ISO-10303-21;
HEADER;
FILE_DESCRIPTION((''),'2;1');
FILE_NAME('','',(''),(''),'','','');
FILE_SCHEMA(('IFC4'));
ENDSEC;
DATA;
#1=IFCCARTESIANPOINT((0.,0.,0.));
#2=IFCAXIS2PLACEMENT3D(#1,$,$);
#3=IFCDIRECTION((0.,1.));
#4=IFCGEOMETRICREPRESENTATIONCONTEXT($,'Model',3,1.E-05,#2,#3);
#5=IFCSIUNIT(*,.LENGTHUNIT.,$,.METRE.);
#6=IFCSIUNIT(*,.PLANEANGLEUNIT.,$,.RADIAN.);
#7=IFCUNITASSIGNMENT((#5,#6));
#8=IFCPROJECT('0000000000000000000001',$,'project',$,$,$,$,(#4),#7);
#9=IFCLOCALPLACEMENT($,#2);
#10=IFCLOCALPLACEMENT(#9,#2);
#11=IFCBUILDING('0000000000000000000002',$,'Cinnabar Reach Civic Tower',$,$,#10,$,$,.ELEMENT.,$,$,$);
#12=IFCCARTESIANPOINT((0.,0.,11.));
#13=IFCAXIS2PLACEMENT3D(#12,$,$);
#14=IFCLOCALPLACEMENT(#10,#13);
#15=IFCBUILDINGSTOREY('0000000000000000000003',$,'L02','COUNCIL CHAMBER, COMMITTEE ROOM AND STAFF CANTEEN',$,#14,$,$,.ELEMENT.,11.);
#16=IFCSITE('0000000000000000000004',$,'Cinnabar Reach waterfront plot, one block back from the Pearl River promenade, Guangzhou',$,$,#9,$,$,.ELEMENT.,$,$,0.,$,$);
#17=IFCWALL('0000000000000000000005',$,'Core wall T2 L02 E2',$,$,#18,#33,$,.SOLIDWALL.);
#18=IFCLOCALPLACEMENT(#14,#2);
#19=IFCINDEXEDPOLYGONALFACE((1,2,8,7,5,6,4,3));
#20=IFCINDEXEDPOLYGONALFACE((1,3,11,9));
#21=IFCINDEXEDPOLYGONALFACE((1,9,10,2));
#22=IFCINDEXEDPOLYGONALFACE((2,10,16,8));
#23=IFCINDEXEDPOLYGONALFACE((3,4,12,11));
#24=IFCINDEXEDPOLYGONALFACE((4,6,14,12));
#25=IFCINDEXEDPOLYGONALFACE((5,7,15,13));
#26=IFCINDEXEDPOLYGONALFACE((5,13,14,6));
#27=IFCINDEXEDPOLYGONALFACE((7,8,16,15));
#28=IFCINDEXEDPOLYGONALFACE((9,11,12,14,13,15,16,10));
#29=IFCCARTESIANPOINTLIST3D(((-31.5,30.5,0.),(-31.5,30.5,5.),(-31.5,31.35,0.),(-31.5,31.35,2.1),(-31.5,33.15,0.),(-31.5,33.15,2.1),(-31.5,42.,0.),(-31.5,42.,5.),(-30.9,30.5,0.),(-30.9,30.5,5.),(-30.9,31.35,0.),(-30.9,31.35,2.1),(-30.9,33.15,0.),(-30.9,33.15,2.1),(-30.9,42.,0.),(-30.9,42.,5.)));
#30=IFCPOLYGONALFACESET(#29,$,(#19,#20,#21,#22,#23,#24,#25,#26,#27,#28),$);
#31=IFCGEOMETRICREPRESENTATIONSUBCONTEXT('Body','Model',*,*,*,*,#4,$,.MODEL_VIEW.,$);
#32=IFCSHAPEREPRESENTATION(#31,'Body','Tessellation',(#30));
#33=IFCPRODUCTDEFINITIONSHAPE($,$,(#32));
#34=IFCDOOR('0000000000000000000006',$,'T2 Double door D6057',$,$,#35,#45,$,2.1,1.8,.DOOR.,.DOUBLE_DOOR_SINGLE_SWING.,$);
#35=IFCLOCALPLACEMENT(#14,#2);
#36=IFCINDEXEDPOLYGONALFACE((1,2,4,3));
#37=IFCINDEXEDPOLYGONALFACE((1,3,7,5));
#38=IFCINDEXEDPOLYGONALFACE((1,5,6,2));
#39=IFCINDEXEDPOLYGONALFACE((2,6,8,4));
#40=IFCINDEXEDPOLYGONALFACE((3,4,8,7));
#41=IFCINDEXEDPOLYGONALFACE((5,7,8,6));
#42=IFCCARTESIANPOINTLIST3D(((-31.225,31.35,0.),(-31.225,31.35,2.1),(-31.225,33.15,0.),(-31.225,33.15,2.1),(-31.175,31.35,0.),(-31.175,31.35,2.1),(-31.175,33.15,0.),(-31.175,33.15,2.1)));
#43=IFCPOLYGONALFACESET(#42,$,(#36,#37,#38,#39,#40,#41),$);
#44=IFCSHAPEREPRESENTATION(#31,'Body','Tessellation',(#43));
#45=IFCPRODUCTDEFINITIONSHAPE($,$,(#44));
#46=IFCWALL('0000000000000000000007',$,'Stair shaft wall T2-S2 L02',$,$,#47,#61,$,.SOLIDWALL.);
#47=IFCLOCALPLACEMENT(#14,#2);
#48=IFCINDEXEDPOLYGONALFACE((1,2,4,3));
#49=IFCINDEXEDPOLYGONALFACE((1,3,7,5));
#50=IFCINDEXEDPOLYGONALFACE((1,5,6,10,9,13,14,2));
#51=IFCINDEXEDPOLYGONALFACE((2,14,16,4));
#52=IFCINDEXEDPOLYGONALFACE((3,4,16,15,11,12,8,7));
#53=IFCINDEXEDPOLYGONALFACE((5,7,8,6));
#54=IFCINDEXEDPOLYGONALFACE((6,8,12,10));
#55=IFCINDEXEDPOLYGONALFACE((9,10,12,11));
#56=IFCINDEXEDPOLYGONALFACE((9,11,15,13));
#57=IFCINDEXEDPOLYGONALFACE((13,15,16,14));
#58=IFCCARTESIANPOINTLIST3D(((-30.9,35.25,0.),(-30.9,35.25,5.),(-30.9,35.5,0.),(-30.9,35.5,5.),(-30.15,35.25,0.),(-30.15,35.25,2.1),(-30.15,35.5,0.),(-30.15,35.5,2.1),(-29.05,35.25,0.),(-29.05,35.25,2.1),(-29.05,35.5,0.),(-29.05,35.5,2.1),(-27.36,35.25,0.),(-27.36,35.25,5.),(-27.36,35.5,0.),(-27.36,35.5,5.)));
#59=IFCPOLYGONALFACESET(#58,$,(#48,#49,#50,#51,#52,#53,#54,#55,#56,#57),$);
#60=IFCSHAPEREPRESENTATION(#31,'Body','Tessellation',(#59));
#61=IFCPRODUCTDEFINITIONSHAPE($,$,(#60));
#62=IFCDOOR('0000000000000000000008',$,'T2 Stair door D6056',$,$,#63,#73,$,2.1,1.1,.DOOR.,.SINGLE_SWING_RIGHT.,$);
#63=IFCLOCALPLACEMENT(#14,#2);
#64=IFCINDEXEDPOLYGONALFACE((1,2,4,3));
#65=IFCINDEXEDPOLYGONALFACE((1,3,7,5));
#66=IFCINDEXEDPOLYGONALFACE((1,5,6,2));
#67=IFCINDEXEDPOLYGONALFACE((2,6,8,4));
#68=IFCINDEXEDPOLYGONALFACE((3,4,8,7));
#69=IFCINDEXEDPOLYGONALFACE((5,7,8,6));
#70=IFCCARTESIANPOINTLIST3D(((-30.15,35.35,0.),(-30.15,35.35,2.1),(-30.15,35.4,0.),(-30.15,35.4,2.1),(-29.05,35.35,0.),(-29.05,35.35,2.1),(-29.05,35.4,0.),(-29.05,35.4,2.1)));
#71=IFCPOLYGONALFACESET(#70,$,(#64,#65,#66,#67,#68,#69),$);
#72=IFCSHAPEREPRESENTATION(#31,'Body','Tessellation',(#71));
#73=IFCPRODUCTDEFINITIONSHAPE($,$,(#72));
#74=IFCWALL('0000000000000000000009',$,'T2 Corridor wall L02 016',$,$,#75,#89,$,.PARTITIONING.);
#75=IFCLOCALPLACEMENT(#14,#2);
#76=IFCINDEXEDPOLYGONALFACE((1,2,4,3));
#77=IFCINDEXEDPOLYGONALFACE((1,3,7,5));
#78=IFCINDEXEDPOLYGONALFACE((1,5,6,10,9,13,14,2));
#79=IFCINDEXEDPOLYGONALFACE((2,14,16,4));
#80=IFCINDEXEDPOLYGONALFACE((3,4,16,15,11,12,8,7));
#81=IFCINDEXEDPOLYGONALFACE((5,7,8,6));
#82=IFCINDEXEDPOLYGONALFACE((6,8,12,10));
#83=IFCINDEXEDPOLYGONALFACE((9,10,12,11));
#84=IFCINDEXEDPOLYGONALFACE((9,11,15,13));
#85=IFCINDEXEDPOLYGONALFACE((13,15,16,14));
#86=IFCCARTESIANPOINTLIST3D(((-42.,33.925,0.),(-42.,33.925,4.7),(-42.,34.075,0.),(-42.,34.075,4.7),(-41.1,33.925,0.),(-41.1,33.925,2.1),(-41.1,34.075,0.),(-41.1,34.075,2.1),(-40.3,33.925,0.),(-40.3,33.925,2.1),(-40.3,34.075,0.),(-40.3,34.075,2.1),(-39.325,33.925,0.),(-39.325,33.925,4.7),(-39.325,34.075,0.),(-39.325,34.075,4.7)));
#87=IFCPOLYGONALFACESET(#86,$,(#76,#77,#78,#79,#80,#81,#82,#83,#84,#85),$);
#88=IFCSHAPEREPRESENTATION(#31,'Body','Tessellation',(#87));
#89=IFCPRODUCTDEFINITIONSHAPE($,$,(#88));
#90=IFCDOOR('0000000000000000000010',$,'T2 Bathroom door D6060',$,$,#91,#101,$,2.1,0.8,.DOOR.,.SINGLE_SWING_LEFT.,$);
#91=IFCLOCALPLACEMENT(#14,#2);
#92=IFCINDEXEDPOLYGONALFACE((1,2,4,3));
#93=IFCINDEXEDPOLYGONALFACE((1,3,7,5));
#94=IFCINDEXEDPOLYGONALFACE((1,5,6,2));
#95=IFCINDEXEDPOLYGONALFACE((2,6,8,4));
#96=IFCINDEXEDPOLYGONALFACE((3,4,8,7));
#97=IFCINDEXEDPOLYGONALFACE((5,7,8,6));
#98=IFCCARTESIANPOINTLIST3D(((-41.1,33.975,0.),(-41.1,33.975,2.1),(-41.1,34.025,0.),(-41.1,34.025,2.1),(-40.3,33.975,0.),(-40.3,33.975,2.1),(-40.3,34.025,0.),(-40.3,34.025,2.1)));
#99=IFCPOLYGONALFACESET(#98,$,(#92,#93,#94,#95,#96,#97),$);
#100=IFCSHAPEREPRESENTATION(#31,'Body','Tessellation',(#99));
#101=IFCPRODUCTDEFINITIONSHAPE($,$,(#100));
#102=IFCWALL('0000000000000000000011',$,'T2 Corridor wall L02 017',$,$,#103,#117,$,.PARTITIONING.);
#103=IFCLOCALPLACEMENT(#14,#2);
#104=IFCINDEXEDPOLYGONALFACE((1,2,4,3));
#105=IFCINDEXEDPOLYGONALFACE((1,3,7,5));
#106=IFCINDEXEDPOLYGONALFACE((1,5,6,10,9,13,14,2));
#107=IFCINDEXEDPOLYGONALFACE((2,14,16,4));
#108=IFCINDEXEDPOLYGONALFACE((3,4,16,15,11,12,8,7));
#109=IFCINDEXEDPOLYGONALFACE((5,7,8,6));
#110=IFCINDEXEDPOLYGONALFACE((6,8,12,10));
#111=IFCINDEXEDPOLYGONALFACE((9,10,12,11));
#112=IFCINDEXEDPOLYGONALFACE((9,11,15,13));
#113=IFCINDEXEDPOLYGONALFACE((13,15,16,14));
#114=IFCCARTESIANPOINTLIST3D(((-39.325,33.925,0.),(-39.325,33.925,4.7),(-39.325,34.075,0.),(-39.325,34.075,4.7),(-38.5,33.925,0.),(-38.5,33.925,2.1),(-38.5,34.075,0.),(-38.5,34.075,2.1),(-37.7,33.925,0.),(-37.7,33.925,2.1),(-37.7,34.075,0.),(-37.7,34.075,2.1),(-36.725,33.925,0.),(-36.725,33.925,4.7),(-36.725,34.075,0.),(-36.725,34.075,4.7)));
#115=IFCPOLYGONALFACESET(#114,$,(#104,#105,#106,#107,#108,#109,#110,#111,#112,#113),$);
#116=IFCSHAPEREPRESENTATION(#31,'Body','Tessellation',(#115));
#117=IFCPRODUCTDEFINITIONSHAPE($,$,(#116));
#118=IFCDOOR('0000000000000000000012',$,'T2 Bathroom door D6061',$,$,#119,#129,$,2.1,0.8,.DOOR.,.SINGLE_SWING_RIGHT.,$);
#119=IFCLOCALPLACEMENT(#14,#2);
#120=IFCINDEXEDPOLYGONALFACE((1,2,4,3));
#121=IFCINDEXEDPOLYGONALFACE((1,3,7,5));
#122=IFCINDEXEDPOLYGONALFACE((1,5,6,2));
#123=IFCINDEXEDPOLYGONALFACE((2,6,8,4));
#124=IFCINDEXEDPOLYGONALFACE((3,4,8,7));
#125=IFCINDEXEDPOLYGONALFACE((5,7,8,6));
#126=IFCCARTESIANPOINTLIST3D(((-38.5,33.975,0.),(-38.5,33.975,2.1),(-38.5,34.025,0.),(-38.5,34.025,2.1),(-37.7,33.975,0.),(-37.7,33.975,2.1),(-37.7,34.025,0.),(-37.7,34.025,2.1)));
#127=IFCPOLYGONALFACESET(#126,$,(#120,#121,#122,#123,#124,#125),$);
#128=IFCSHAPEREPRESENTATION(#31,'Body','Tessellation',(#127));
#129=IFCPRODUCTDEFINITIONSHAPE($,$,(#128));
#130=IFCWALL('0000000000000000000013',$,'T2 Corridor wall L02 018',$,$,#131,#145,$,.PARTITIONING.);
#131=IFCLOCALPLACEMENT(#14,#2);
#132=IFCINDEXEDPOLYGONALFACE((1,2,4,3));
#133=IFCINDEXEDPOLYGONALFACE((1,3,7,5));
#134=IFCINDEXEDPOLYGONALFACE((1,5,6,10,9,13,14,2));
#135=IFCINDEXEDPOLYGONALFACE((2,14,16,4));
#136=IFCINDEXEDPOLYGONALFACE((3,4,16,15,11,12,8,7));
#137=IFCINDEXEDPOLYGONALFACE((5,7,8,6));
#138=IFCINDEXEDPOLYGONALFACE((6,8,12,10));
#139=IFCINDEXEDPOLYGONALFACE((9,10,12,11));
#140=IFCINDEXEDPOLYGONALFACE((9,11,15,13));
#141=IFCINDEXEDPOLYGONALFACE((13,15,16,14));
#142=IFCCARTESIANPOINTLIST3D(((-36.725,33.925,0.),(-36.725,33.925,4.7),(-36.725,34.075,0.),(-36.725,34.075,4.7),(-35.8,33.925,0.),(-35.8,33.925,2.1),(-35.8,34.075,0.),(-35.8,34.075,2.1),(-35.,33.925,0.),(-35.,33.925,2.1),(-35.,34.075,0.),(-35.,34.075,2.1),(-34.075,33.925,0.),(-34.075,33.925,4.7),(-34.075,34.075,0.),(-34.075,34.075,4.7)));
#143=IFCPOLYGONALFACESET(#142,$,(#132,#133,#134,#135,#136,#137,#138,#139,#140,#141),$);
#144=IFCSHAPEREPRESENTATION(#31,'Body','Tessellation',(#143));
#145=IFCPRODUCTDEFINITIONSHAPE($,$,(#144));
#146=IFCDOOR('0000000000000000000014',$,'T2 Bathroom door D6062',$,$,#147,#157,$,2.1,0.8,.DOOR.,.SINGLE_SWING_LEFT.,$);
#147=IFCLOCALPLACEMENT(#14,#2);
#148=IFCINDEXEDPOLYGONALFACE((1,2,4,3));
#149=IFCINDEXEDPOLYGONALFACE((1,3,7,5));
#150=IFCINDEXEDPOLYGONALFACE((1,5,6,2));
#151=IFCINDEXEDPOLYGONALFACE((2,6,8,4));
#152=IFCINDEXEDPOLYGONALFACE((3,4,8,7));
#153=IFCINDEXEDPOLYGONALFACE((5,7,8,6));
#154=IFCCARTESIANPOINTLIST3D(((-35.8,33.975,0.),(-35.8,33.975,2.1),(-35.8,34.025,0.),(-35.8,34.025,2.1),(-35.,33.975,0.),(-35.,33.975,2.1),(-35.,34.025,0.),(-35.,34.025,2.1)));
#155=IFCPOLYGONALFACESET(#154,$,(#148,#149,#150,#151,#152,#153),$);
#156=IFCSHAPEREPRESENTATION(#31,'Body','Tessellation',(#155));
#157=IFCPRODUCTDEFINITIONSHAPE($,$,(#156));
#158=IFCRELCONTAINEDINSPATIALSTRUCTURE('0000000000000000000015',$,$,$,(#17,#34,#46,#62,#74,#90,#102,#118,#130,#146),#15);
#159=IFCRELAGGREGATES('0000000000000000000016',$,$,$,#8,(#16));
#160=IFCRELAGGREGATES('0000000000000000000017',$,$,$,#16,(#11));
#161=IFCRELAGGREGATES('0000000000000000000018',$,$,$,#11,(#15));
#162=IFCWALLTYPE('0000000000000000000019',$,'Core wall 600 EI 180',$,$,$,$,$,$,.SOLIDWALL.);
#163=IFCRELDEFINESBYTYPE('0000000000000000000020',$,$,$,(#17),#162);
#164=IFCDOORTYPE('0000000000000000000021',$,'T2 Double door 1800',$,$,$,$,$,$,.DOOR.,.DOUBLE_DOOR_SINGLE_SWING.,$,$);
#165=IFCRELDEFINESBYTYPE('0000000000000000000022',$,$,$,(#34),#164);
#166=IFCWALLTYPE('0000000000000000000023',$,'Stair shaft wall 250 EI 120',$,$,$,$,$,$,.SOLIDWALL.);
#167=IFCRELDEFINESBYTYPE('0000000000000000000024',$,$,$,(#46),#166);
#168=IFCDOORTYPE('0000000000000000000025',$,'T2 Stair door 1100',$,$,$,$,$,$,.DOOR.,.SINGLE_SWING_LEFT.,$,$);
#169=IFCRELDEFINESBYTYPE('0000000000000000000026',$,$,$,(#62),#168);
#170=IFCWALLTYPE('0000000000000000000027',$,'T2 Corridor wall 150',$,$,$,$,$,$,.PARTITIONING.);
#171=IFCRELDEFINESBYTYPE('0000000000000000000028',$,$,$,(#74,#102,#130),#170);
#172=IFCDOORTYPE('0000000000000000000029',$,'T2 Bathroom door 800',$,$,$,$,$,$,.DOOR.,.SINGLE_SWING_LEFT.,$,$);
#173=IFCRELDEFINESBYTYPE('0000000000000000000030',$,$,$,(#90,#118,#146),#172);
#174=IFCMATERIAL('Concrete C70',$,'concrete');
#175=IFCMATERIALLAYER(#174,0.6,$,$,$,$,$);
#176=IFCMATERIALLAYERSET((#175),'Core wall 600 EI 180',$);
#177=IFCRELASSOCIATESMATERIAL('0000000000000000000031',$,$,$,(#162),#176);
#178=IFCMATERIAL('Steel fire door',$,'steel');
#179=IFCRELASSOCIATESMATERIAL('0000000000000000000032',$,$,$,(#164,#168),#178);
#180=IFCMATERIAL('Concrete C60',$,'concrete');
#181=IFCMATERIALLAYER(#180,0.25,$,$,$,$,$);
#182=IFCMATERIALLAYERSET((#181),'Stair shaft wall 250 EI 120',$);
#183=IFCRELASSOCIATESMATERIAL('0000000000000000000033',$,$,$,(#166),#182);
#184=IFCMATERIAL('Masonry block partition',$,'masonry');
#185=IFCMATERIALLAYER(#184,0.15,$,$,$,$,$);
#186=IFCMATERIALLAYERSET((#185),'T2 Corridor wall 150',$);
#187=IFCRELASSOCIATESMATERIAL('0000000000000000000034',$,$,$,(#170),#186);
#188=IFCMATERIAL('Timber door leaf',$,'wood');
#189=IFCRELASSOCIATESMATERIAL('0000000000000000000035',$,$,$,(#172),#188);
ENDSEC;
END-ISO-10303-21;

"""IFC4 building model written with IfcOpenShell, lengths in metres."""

from ifc_helpers import new_model, si_unit, direction, frame, frame_2d, origin, place, context, subcontext, project, spatial, rectangle, extrude, material, layer, layer_set, type_object, element, fill, save


model = new_model("IFC4")

# Units and contexts
model_context = context("Model", 3, precision=1e-05, world=origin(), true_north=direction((0.0, 1.0)))
body_context = subcontext(model_context, "Body", "Model", "MODEL_VIEW")
ifc_project = project(units=[si_unit("LENGTHUNIT", "METRE"), si_unit("PLANEANGLEUNIT", "RADIAN")], contexts=[model_context])

# Site, building, storey
site_placement = place(None, origin())
site = spatial("IfcSite", under=ifc_project, at=site_placement, Name="Cinnabar Reach waterfront plot, one block back from the Pearl River promenade, Guangzhou", CompositionType="ELEMENT", RefElevation=0.0)
building_placement = place(site_placement, origin())
building = spatial("IfcBuilding", under=site, at=building_placement, Name="Cinnabar Reach Civic Tower", CompositionType="ELEMENT")
storey_placement = place(building_placement, frame((0.0, 0.0, 11.0)))
storey = spatial("IfcBuildingStorey", under=building, at=storey_placement, Name="L02", Description="COUNCIL CHAMBER, COMMITTEE ROOM AND STAFF CANTEEN", CompositionType="ELEMENT", Elevation=11.0)

# Walls, openings, doors
ifc_material_1 = material(Name="Concrete C70", Category="concrete")
ifc_layer_1 = layer(ifc_material_1, 0.6)
ifc_layer_set_1 = layer_set([ifc_layer_1], Name="Core wall 600 EI 180")
wall_type_1 = type_object("IfcWallType", Name="Core wall 600 EI 180", PredefinedType="SOLIDWALL", material=ifc_layer_set_1)
wall_1_placement = place(storey_placement, frame((-31.2, 30.5, 0.0), z_axis=(0.0, 0.0, 1.0), x_axis=(0.0, 1.0, 0.0)))
wall_1 = element("IfcWall", 1, at=wall_1_placement, inside=storey, type_object=wall_type_1, Name="Core wall T2 L02 E2", PredefinedType="SOLIDWALL", context=body_context, shape_type="SweptSolid", body=[
    extrude(rectangle(XDim=11.5, YDim=0.6, at=frame_2d((5.75, 0.0))), origin(), (0.0, 0.0, 1.0), 5.0),
])
opening_1_placement = place(wall_1_placement, frame((0.85, 0.0, 0.0)))
opening_1 = element("IfcOpeningElement", 2, at=opening_1_placement, cuts=wall_1, PredefinedType="OPENING", context=body_context, shape_type="SweptSolid", body=[
    extrude(rectangle(XDim=1.8, YDim=2.1, at=frame_2d((0.9, 1.05))), frame((0.0, 0.31, 0.0), z_axis=(0.0, -1.0, 0.0), x_axis=(1.0, 0.0, 0.0)), (0.0, 0.0, 1.0), 0.62),
])
ifc_material_2 = material(Name="Steel fire door", Category="steel")
door_type_1 = type_object("IfcDoorType", Name="T2 Double door 1800", OperationType="DOUBLE_DOOR_SINGLE_SWING", PredefinedType="DOOR", material=ifc_material_2)
door_1_placement = place(opening_1_placement, origin())
door_1 = element("IfcDoor", 3, at=door_1_placement, inside=storey, type_object=door_type_1, Name="T2 Double door D6057", OperationType="DOUBLE_DOOR_SINGLE_SWING", OverallHeight=2.1, OverallWidth=1.8, PredefinedType="DOOR", context=body_context, shape_type="SweptSolid", body=[
    extrude(rectangle(XDim=1.8, YDim=2.1, at=frame_2d((0.9, 1.05))), frame((0.0, 0.025, 0.0), z_axis=(0.0, -1.0, 0.0), x_axis=(1.0, 0.0, 0.0)), (0.0, 0.0, 1.0), 0.05),
])
fill(opening_1, door_1)
ifc_material_3 = material(Name="Concrete C60", Category="concrete")
ifc_layer_2 = layer(ifc_material_3, 0.25)
ifc_layer_set_2 = layer_set([ifc_layer_2], Name="Stair shaft wall 250 EI 120")
wall_type_2 = type_object("IfcWallType", Name="Stair shaft wall 250 EI 120", PredefinedType="SOLIDWALL", material=ifc_layer_set_2)
wall_2_placement = place(storey_placement, frame((-30.9, 35.375, 0.0), z_axis=(0.0, 0.0, 1.0), x_axis=(1.0, 0.0, 0.0)))
wall_2 = element("IfcWall", 4, at=wall_2_placement, inside=storey, type_object=wall_type_2, Name="Stair shaft wall T2-S2 L02", PredefinedType="SOLIDWALL", context=body_context, shape_type="SweptSolid", body=[
    extrude(rectangle(XDim=3.54, YDim=0.25, at=frame_2d((1.77, 0.0))), origin(), (0.0, 0.0, 1.0), 5.0),
])
opening_2_placement = place(wall_2_placement, frame((0.75, 0.0, 0.0)))
opening_2 = element("IfcOpeningElement", 5, at=opening_2_placement, cuts=wall_2, PredefinedType="OPENING", context=body_context, shape_type="SweptSolid", body=[
    extrude(rectangle(XDim=1.1, YDim=2.1, at=frame_2d((0.55, 1.05))), frame((0.0, 0.135, 0.0), z_axis=(0.0, -1.0, 0.0), x_axis=(1.0, 0.0, 0.0)), (0.0, 0.0, 1.0), 0.27),
])
door_type_2 = type_object("IfcDoorType", Name="T2 Stair door 1100", OperationType="SINGLE_SWING_LEFT", PredefinedType="DOOR", material=ifc_material_2)
door_2_placement = place(opening_2_placement, origin())
door_2 = element("IfcDoor", 6, at=door_2_placement, inside=storey, type_object=door_type_2, Name="T2 Stair door D6056", OperationType="SINGLE_SWING_RIGHT", OverallHeight=2.1, OverallWidth=1.1, PredefinedType="DOOR", context=body_context, shape_type="SweptSolid", body=[
    extrude(rectangle(XDim=1.1, YDim=2.1, at=frame_2d((0.55, 1.05))), frame((0.0, 0.025, 0.0), z_axis=(0.0, -1.0, 0.0), x_axis=(1.0, 0.0, 0.0)), (0.0, 0.0, 1.0), 0.05),
])
fill(opening_2, door_2)
ifc_material_4 = material(Name="Masonry block partition", Category="masonry")
ifc_layer_3 = layer(ifc_material_4, 0.15)
ifc_layer_set_3 = layer_set([ifc_layer_3], Name="T2 Corridor wall 150")
wall_type_3 = type_object("IfcWallType", Name="T2 Corridor wall 150", PredefinedType="PARTITIONING", material=ifc_layer_set_3)
wall_3_placement = place(storey_placement, frame((-39.325, 34.0, 0.0), z_axis=(0.0, 0.0, 1.0), x_axis=(-1.0, 0.0, 0.0)))
wall_3 = element("IfcWall", 7, at=wall_3_placement, inside=storey, type_object=wall_type_3, Name="T2 Corridor wall L02 016", PredefinedType="PARTITIONING", context=body_context, shape_type="SweptSolid", body=[
    extrude(rectangle(XDim=2.675, YDim=0.15, at=frame_2d((1.3375, 0.0))), origin(), (0.0, 0.0, 1.0), 4.7),
])
opening_3_placement = place(wall_3_placement, frame((0.975, 0.0, 0.0)))
opening_3 = element("IfcOpeningElement", 8, at=opening_3_placement, cuts=wall_3, PredefinedType="OPENING", context=body_context, shape_type="SweptSolid", body=[
    extrude(rectangle(XDim=0.8, YDim=2.1, at=frame_2d((0.4, 1.05))), frame((0.0, 0.085, 0.0), z_axis=(0.0, -1.0, 0.0), x_axis=(1.0, 0.0, 0.0)), (0.0, 0.0, 1.0), 0.17),
])
ifc_material_5 = material(Name="Timber door leaf", Category="wood")
door_type_3 = type_object("IfcDoorType", Name="T2 Bathroom door 800", OperationType="SINGLE_SWING_LEFT", PredefinedType="DOOR", material=ifc_material_5)
door_3_placement = place(opening_3_placement, frame((0.8, 0.0, 0.0), z_axis=(0.0, 0.0, 1.0), x_axis=(-1.0, 0.0, 0.0)))
door_3 = element("IfcDoor", 9, at=door_3_placement, inside=storey, type_object=door_type_3, Name="T2 Bathroom door D6060", OperationType="SINGLE_SWING_LEFT", OverallHeight=2.1, OverallWidth=0.8, PredefinedType="DOOR", context=body_context, shape_type="SweptSolid", body=[
    extrude(rectangle(XDim=0.8, YDim=2.1, at=frame_2d((0.4, 1.05))), frame((0.0, 0.025, 0.0), z_axis=(0.0, -1.0, 0.0), x_axis=(1.0, 0.0, 0.0)), (0.0, 0.0, 1.0), 0.05),
])
fill(opening_3, door_3)
wall_4_placement = place(storey_placement, frame((-36.725, 34.0, 0.0), z_axis=(0.0, 0.0, 1.0), x_axis=(-1.0, 0.0, 0.0)))
wall_4 = element("IfcWall", 10, at=wall_4_placement, inside=storey, type_object=wall_type_3, Name="T2 Corridor wall L02 017", PredefinedType="PARTITIONING", context=body_context, shape_type="SweptSolid", body=[
    extrude(rectangle(XDim=2.6, YDim=0.15, at=frame_2d((1.3, 0.0))), origin(), (0.0, 0.0, 1.0), 4.7),
])
opening_4_placement = place(wall_4_placement, frame((0.975, 0.0, 0.0)))
opening_4 = element("IfcOpeningElement", 11, at=opening_4_placement, cuts=wall_4, PredefinedType="OPENING", context=body_context, shape_type="SweptSolid", body=[
    extrude(rectangle(XDim=0.8, YDim=2.1, at=frame_2d((0.4, 1.05))), frame((0.0, 0.085, 0.0), z_axis=(0.0, -1.0, 0.0), x_axis=(1.0, 0.0, 0.0)), (0.0, 0.0, 1.0), 0.17),
])
door_4_placement = place(opening_4_placement, frame((0.8, 0.0, 0.0), z_axis=(0.0, 0.0, 1.0), x_axis=(-1.0, 0.0, 0.0)))
door_4 = element("IfcDoor", 12, at=door_4_placement, inside=storey, type_object=door_type_3, Name="T2 Bathroom door D6061", OperationType="SINGLE_SWING_RIGHT", OverallHeight=2.1, OverallWidth=0.8, PredefinedType="DOOR", context=body_context, shape_type="SweptSolid", body=[
    extrude(rectangle(XDim=0.8, YDim=2.1, at=frame_2d((0.4, 1.05))), frame((0.0, 0.025, 0.0), z_axis=(0.0, -1.0, 0.0), x_axis=(1.0, 0.0, 0.0)), (0.0, 0.0, 1.0), 0.05),
])
fill(opening_4, door_4)
wall_5_placement = place(storey_placement, frame((-34.075, 34.0, 0.0), z_axis=(0.0, 0.0, 1.0), x_axis=(-1.0, 0.0, 0.0)))
wall_5 = element("IfcWall", 13, at=wall_5_placement, inside=storey, type_object=wall_type_3, Name="T2 Corridor wall L02 018", PredefinedType="PARTITIONING", context=body_context, shape_type="SweptSolid", body=[
    extrude(rectangle(XDim=2.65, YDim=0.15, at=frame_2d((1.325, 0.0))), origin(), (0.0, 0.0, 1.0), 4.7),
])
opening_5_placement = place(wall_5_placement, frame((0.925, 0.0, 0.0)))
opening_5 = element("IfcOpeningElement", 14, at=opening_5_placement, cuts=wall_5, PredefinedType="OPENING", context=body_context, shape_type="SweptSolid", body=[
    extrude(rectangle(XDim=0.8, YDim=2.1, at=frame_2d((0.4, 1.05))), frame((0.0, 0.085, 0.0), z_axis=(0.0, -1.0, 0.0), x_axis=(1.0, 0.0, 0.0)), (0.0, 0.0, 1.0), 0.17),
])
door_5_placement = place(opening_5_placement, frame((0.8, 0.0, 0.0), z_axis=(0.0, 0.0, 1.0), x_axis=(-1.0, 0.0, 0.0)))
door_5 = element("IfcDoor", 15, at=door_5_placement, inside=storey, type_object=door_type_3, Name="T2 Bathroom door D6062", OperationType="SINGLE_SWING_LEFT", OverallHeight=2.1, OverallWidth=0.8, PredefinedType="DOOR", context=body_context, shape_type="SweptSolid", body=[
    extrude(rectangle(XDim=0.8, YDim=2.1, at=frame_2d((0.4, 1.05))), frame((0.0, 0.025, 0.0), z_axis=(0.0, -1.0, 0.0), x_axis=(1.0, 0.0, 0.0)), (0.0, 0.0, 1.0), 0.05),
])
fill(opening_5, door_5)

save(model, "model.ifc")
